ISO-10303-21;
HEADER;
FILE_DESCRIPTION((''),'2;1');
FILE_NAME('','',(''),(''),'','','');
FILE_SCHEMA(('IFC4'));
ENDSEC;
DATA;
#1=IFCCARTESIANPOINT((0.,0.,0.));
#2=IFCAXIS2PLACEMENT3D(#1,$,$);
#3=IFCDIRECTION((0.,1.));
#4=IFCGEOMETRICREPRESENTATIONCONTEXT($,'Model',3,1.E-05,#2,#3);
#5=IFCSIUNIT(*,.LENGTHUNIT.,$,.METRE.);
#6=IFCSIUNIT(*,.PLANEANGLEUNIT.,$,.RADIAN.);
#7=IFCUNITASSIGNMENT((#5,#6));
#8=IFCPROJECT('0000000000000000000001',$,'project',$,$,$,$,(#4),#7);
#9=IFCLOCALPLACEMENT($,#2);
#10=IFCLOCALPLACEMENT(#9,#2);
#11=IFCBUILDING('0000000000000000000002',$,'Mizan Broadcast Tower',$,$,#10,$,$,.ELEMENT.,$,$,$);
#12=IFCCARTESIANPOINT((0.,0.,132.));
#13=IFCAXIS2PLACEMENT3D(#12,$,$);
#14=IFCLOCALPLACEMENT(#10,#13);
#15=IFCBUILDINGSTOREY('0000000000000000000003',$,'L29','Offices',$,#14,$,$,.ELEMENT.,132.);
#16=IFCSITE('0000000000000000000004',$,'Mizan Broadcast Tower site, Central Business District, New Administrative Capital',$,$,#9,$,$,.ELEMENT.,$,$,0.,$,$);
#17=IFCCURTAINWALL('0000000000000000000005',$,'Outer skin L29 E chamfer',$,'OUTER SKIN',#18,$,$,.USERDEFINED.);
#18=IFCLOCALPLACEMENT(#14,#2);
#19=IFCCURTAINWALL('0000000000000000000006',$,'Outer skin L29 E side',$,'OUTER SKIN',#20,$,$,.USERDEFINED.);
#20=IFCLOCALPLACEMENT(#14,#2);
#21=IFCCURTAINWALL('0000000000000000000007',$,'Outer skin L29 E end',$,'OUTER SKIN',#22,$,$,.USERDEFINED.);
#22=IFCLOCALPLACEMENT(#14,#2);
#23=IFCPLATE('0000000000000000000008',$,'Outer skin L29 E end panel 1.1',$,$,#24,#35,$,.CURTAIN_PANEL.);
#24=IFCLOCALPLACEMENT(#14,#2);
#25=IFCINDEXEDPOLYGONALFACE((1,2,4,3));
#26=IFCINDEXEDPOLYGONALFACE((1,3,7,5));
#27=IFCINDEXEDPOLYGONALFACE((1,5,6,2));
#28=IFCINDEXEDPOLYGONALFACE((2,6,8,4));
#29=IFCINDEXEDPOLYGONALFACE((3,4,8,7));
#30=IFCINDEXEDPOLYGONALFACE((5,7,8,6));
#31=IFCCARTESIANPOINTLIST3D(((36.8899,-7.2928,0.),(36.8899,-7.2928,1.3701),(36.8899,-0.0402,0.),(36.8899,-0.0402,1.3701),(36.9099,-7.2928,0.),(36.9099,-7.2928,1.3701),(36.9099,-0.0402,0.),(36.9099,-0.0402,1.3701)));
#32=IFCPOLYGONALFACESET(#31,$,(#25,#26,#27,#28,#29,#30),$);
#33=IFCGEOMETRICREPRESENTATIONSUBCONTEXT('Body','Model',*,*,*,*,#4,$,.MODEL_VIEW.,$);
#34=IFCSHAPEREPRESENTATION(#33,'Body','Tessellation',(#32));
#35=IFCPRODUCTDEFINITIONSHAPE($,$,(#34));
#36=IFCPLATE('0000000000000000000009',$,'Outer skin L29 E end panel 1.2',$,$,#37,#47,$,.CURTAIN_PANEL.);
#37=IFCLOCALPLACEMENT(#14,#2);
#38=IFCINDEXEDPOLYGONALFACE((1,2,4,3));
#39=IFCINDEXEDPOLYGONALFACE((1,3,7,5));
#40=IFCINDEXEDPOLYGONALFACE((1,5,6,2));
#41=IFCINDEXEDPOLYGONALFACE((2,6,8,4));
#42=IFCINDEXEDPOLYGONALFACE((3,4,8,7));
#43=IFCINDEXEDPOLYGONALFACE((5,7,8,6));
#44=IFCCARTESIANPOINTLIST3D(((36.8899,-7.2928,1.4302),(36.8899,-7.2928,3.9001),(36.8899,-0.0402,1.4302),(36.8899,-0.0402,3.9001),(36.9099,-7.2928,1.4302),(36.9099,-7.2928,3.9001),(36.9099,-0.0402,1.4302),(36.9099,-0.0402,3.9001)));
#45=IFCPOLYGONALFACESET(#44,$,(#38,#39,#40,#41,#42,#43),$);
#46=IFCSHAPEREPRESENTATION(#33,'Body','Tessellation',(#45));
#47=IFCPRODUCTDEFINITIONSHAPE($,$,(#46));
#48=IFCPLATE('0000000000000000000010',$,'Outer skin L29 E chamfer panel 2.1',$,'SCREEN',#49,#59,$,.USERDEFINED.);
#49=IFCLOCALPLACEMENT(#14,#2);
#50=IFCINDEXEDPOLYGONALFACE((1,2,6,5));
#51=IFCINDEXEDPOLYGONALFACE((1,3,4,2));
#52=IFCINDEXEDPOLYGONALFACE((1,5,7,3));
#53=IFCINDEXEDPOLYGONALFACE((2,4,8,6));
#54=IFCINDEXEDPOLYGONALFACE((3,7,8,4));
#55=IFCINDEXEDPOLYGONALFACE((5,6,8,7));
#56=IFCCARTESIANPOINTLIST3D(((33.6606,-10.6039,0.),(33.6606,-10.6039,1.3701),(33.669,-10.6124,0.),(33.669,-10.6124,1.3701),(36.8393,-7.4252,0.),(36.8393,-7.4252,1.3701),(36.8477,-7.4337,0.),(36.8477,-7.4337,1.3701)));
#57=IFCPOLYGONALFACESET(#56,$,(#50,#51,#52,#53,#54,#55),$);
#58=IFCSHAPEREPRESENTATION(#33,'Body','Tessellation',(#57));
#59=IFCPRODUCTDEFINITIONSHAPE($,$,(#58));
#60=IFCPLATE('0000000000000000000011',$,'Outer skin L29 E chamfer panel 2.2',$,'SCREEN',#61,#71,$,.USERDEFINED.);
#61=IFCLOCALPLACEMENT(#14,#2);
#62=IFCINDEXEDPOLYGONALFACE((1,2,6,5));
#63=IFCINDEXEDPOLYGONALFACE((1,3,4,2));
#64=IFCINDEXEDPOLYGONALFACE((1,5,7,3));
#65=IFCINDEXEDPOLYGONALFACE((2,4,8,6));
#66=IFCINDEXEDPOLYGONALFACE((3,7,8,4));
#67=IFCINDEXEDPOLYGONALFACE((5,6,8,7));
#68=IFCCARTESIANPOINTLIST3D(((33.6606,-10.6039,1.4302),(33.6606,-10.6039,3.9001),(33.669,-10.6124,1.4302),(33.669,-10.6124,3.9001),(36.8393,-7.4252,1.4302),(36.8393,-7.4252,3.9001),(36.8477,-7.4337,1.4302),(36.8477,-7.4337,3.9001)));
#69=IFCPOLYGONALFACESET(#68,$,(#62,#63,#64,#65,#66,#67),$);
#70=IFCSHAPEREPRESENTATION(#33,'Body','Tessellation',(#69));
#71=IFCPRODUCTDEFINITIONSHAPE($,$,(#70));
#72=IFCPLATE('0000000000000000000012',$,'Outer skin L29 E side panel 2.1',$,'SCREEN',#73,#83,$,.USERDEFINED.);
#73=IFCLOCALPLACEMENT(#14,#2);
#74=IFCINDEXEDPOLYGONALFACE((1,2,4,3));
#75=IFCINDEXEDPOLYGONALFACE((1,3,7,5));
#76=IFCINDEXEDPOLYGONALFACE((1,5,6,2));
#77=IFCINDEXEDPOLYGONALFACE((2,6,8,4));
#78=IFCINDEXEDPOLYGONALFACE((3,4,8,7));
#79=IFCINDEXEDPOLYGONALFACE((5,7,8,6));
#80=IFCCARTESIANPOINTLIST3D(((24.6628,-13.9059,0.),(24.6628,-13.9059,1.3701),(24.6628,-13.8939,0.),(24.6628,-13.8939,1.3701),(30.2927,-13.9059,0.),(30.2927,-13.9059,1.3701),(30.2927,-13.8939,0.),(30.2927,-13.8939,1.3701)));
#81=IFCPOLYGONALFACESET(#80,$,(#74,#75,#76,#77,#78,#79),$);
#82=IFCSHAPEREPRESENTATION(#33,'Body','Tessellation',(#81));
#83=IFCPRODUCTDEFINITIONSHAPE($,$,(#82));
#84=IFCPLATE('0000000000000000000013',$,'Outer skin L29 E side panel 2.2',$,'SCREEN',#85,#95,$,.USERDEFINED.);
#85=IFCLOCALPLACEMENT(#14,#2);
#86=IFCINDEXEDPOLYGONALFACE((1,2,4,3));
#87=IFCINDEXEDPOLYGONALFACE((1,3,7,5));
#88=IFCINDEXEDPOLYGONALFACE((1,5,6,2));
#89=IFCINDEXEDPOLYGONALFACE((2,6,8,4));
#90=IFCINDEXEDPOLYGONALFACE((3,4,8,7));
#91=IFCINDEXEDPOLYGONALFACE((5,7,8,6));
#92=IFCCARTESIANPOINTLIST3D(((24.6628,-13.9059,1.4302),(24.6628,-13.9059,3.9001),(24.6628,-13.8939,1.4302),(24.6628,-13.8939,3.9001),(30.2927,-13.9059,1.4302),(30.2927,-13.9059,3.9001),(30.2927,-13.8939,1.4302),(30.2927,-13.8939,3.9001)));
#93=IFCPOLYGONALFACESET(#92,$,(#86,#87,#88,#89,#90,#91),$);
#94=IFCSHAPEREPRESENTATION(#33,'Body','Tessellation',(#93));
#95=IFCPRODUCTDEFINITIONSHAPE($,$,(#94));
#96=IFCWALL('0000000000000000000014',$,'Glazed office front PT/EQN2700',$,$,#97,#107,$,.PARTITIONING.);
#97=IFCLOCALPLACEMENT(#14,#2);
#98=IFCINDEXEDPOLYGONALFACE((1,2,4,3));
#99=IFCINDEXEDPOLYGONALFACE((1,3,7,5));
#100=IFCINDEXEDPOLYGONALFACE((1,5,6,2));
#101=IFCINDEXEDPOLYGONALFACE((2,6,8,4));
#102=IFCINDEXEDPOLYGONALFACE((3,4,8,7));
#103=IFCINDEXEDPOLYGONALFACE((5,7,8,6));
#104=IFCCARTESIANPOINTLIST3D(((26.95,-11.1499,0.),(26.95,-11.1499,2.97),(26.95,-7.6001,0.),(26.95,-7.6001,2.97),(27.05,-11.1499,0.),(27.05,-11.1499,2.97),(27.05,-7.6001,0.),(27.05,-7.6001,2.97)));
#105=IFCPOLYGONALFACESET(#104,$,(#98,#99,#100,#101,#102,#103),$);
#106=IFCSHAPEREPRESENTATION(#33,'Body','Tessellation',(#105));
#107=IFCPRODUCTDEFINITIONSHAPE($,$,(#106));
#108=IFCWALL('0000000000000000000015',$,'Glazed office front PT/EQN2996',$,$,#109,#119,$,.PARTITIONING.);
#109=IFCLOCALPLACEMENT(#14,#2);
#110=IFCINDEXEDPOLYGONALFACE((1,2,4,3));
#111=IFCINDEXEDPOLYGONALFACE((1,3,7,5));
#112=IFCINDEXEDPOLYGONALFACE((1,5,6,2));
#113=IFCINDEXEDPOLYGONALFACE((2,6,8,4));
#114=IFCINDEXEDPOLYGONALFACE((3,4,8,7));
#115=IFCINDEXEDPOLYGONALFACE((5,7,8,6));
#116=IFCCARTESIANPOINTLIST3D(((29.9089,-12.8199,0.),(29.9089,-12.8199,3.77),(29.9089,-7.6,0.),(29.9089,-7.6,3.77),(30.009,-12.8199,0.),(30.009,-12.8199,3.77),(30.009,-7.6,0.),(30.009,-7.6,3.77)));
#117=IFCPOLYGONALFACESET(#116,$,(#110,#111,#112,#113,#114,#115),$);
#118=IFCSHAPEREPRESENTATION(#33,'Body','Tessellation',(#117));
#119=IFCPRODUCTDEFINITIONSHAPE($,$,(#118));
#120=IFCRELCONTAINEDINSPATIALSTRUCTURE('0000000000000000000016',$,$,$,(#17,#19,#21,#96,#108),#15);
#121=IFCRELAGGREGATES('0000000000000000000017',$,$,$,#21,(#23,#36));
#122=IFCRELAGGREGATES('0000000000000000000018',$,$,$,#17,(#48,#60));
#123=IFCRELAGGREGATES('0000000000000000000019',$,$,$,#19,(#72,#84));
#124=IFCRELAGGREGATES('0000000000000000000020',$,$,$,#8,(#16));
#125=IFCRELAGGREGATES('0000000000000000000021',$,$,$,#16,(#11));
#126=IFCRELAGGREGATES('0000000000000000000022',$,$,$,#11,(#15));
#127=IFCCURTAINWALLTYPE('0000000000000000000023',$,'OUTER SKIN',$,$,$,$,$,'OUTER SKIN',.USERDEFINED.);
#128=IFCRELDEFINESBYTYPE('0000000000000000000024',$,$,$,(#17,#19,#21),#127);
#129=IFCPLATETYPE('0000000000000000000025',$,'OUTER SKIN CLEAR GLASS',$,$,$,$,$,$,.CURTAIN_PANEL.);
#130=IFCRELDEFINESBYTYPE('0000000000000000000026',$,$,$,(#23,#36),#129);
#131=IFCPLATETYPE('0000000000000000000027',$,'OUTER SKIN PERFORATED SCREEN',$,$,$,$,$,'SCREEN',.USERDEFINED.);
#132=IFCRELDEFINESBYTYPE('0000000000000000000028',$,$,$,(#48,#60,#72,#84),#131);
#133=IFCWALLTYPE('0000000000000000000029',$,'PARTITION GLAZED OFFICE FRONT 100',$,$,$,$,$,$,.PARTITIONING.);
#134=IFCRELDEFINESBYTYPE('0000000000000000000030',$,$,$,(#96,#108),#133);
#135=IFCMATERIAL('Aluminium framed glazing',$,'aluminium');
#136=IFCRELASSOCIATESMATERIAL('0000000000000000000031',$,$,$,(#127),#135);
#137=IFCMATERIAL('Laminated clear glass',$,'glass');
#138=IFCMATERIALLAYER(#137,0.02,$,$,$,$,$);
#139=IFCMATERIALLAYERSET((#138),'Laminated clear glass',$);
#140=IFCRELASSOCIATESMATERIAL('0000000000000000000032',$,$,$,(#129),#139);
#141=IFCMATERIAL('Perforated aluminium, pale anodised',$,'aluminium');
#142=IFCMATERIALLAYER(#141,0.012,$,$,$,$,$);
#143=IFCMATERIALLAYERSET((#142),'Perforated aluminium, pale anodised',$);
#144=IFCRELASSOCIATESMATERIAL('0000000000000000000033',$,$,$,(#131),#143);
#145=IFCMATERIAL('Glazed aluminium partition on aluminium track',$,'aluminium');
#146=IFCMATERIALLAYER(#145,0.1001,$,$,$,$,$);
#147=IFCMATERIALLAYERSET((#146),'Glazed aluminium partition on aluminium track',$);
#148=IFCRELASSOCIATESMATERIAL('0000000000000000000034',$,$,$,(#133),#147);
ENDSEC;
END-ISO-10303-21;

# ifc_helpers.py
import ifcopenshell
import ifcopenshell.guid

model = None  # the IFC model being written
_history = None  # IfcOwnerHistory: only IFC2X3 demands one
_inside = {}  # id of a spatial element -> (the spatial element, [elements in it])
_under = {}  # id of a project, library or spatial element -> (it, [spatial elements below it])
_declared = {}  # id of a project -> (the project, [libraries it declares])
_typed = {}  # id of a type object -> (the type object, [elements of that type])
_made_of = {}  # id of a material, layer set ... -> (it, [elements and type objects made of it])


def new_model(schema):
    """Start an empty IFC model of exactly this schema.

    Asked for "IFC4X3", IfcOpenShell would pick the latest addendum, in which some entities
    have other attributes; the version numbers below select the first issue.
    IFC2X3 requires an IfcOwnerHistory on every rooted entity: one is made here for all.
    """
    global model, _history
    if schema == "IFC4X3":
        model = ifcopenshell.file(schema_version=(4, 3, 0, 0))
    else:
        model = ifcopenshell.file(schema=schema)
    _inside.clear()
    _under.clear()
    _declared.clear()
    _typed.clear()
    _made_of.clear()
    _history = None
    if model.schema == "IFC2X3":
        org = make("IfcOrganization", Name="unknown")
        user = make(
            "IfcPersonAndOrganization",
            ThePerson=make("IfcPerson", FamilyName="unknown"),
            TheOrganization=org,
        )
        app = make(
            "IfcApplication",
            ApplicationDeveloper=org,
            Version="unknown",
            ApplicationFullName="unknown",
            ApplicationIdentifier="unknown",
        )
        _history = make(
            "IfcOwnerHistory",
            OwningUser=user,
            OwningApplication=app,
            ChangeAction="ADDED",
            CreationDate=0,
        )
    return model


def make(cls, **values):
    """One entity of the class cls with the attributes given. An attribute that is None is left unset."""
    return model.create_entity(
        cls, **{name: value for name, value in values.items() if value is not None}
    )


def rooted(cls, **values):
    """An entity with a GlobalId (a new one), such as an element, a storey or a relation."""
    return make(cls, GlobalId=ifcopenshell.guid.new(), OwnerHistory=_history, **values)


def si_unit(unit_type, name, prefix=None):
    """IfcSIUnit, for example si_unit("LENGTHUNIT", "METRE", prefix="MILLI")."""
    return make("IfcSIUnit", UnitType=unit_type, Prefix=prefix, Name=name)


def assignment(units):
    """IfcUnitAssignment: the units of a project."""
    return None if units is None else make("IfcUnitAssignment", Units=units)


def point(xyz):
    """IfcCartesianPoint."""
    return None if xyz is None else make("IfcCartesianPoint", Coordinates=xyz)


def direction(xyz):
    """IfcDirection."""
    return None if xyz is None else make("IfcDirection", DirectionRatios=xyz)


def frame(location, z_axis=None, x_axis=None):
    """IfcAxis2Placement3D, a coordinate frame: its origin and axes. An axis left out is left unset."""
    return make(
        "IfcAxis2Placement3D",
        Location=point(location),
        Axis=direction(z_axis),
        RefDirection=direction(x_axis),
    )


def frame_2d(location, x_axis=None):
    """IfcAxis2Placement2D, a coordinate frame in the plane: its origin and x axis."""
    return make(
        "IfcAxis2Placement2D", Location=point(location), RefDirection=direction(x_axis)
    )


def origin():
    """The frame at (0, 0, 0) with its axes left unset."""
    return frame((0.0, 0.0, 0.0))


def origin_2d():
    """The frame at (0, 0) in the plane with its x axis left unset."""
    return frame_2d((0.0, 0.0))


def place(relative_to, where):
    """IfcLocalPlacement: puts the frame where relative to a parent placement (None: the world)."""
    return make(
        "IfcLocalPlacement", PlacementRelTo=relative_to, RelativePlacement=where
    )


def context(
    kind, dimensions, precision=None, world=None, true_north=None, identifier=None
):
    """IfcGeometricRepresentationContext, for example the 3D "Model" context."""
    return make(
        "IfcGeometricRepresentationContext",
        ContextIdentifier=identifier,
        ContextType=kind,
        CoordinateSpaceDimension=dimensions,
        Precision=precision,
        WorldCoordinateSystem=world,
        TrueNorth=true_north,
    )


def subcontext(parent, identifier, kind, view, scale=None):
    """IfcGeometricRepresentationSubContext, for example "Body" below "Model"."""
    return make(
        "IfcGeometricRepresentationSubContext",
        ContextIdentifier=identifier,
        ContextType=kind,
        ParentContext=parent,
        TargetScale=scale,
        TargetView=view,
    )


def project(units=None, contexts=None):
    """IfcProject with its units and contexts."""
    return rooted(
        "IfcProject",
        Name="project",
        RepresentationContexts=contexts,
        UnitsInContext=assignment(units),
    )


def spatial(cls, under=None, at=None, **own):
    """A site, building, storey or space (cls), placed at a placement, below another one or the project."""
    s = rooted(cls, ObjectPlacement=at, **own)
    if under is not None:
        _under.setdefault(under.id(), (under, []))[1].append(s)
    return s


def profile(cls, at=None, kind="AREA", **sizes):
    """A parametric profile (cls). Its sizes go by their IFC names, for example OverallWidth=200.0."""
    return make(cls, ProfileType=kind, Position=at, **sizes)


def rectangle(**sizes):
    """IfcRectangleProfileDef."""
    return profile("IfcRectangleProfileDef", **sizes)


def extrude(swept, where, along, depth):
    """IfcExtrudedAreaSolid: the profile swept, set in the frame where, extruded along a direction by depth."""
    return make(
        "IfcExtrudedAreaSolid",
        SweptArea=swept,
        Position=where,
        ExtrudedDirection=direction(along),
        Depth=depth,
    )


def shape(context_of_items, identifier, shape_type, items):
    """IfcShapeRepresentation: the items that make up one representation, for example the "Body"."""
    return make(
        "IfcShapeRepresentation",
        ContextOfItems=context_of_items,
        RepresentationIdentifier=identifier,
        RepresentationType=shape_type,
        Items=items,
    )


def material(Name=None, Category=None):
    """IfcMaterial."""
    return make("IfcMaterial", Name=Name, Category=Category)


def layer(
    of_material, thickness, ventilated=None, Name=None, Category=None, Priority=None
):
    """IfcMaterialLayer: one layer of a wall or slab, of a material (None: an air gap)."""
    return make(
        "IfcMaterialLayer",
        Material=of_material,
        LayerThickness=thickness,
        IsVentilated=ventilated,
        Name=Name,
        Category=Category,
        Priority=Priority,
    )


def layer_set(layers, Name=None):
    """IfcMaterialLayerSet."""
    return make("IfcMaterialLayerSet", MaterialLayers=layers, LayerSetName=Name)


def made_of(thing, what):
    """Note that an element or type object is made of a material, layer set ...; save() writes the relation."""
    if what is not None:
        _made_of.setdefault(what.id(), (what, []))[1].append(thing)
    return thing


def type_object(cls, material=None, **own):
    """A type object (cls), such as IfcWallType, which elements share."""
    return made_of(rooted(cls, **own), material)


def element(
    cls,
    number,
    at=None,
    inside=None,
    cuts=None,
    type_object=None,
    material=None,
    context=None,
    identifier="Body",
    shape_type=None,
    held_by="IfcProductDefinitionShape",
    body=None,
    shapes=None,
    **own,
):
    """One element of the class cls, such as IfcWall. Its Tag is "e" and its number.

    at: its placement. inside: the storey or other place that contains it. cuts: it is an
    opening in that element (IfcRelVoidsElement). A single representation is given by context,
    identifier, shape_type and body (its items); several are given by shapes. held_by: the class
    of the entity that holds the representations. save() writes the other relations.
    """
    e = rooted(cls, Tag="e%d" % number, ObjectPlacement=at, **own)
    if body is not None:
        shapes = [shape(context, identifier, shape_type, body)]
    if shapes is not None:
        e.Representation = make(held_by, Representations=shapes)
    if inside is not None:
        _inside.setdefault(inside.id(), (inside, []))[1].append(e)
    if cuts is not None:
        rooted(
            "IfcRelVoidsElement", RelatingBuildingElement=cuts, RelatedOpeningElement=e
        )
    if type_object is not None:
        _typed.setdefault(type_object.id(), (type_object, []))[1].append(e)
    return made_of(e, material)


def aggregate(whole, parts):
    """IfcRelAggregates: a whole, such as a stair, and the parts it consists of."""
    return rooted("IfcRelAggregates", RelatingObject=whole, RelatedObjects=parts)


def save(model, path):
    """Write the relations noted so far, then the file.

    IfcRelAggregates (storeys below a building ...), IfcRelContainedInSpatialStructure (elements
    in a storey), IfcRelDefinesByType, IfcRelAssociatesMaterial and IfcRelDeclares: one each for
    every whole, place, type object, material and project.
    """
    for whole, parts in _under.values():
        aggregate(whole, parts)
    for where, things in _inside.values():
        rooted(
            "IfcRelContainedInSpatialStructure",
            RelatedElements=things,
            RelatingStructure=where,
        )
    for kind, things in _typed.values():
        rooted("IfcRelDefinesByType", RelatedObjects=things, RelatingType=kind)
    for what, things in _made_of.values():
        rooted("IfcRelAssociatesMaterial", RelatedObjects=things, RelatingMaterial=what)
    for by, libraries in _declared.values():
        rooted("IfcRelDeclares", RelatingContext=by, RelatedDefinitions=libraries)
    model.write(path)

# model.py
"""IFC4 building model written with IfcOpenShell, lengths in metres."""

from ifc_helpers import new_model, si_unit, direction, frame, frame_2d, origin, origin_2d, place, context, subcontext, project, spatial, rectangle, extrude, material, layer, layer_set, type_object, element, aggregate, save


model = new_model("IFC4")

# Units and contexts
model_context = context("Model", 3, precision=1e-05, world=origin(), true_north=direction((0.0, 1.0)))
body_context = subcontext(model_context, "Body", "Model", "MODEL_VIEW")
ifc_project = project(units=[si_unit("LENGTHUNIT", "METRE"), si_unit("PLANEANGLEUNIT", "RADIAN")], contexts=[model_context])

# Site, building, storey
site_placement = place(None, origin())
site = spatial("IfcSite", under=ifc_project, at=site_placement, Name="Mizan Broadcast Tower site, Central Business District, New Administrative Capital", CompositionType="ELEMENT", RefElevation=0.0)
building_placement = place(site_placement, origin())
building = spatial("IfcBuilding", under=site, at=building_placement, Name="Mizan Broadcast Tower", CompositionType="ELEMENT")
storey_placement = place(building_placement, frame((0.0, 0.0, 132.0)))
storey = spatial("IfcBuildingStorey", under=building, at=storey_placement, Name="L29", Description="Offices", CompositionType="ELEMENT", Elevation=132.0)

# Curtain wall
ifc_material_1 = material(Name="Aluminium framed glazing", Category="aluminium")
curtain_wall_type_1 = type_object("IfcCurtainWallType", Name="OUTER SKIN", ElementType="OUTER SKIN", PredefinedType="USERDEFINED", material=ifc_material_1)
curtain_wall_1_placement = place(storey_placement, origin())
curtain_wall_1 = element("IfcCurtainWall", 1, at=curtain_wall_1_placement, inside=storey, type_object=curtain_wall_type_1, Name="Outer skin L29 E chamfer", ObjectType="OUTER SKIN", PredefinedType="USERDEFINED")

# Curtain wall
curtain_wall_2_placement = place(storey_placement, origin())
curtain_wall_2 = element("IfcCurtainWall", 2, at=curtain_wall_2_placement, inside=storey, type_object=curtain_wall_type_1, Name="Outer skin L29 E side", ObjectType="OUTER SKIN", PredefinedType="USERDEFINED")

# Curtain wall
curtain_wall_3_placement = place(storey_placement, origin())
curtain_wall_3 = element("IfcCurtainWall", 3, at=curtain_wall_3_placement, inside=storey, type_object=curtain_wall_type_1, Name="Outer skin L29 E end", ObjectType="OUTER SKIN", PredefinedType="USERDEFINED")

# Plates
ifc_material_2 = material(Name="Laminated clear glass", Category="glass")
ifc_layer_1 = layer(ifc_material_2, 0.02)
ifc_layer_set_1 = layer_set([ifc_layer_1], Name="Laminated clear glass")
plate_type_1 = type_object("IfcPlateType", Name="OUTER SKIN CLEAR GLASS", PredefinedType="CURTAIN_PANEL", material=ifc_layer_set_1)
plate_1_placement = place(storey_placement, frame((36.8999, -3.6665, 0.0), z_axis=(0.0, 0.0, 1.0), x_axis=(0.0, 1.0, 0.0)))
plate_1 = element("IfcPlate", 4, at=plate_1_placement, type_object=plate_type_1, Name="Outer skin L29 E end panel 1.1", PredefinedType="CURTAIN_PANEL", context=body_context, shape_type="SweptSolid", body=[
    extrude(rectangle(XDim=7.2527, YDim=0.02, at=origin_2d()), origin(), (0.0, 0.0, 1.0), 1.3701),
])
plate_2_placement = place(storey_placement, frame((36.8999, -3.6665, 1.4302), z_axis=(0.0, 0.0, 1.0), x_axis=(0.0, 1.0, 0.0)))
plate_2 = element("IfcPlate", 5, at=plate_2_placement, type_object=plate_type_1, Name="Outer skin L29 E end panel 1.2", PredefinedType="CURTAIN_PANEL", context=body_context, shape_type="SweptSolid", body=[
    extrude(rectangle(XDim=7.2527, YDim=0.02, at=origin_2d()), origin(), (0.0, 0.0, 1.0), 2.47),
])
aggregate(curtain_wall_3, [plate_1, plate_2])
ifc_material_3 = material(Name="Perforated aluminium, pale anodised", Category="aluminium")
ifc_layer_2 = layer(ifc_material_3, 0.012)
ifc_layer_set_2 = layer_set([ifc_layer_2], Name="Perforated aluminium, pale anodised")
plate_type_2 = type_object("IfcPlateType", Name="OUTER SKIN PERFORATED SCREEN", ElementType="SCREEN", PredefinedType="USERDEFINED", material=ifc_layer_set_2)
plate_3_placement = place(storey_placement, frame((35.2542, -9.0188, 0.0), z_axis=(0.0, 0.0, 1.0), x_axis=(0.707107, 0.707107, 0.0)))
plate_3 = element("IfcPlate", 6, at=plate_3_placement, type_object=plate_type_2, Name="Outer skin L29 E chamfer panel 2.1", ObjectType="SCREEN", PredefinedType="USERDEFINED", context=body_context, shape_type="SweptSolid", body=[
    extrude(rectangle(XDim=4.4954, YDim=0.012, at=origin_2d()), origin(), (0.0, 0.0, 1.0), 1.3701),
])
plate_4_placement = place(storey_placement, frame((35.2542, -9.0188, 1.4302), z_axis=(0.0, 0.0, 1.0), x_axis=(0.707107, 0.707107, 0.0)))
plate_4 = element("IfcPlate", 7, at=plate_4_placement, type_object=plate_type_2, Name="Outer skin L29 E chamfer panel 2.2", ObjectType="SCREEN", PredefinedType="USERDEFINED", context=body_context, shape_type="SweptSolid", body=[
    extrude(rectangle(XDim=4.4954, YDim=0.012, at=origin_2d()), origin(), (0.0, 0.0, 1.0), 2.47),
])
aggregate(curtain_wall_1, [plate_3, plate_4])
plate_5_placement = place(storey_placement, frame((27.4778, -13.8999, 0.0), z_axis=(0.0, 0.0, 1.0), x_axis=(1.0, 0.0, 0.0)))
plate_5 = element("IfcPlate", 8, at=plate_5_placement, type_object=plate_type_2, Name="Outer skin L29 E side panel 2.1", ObjectType="SCREEN", PredefinedType="USERDEFINED", context=body_context, shape_type="SweptSolid", body=[
    extrude(rectangle(XDim=5.6299, YDim=0.012, at=origin_2d()), origin(), (0.0, 0.0, 1.0), 1.3701),
])
plate_6_placement = place(storey_placement, frame((27.4778, -13.8999, 1.4302), z_axis=(0.0, 0.0, 1.0), x_axis=(1.0, 0.0, 0.0)))
plate_6 = element("IfcPlate", 9, at=plate_6_placement, type_object=plate_type_2, Name="Outer skin L29 E side panel 2.2", ObjectType="SCREEN", PredefinedType="USERDEFINED", context=body_context, shape_type="SweptSolid", body=[
    extrude(rectangle(XDim=5.6299, YDim=0.012, at=origin_2d()), origin(), (0.0, 0.0, 1.0), 2.47),
])
aggregate(curtain_wall_2, [plate_5, plate_6])

# Walls
ifc_material_4 = material(Name="Glazed aluminium partition on aluminium track", Category="aluminium")
ifc_layer_3 = layer(ifc_material_4, 0.1001)
ifc_layer_set_3 = layer_set([ifc_layer_3], Name="Glazed aluminium partition on aluminium track")
wall_type = type_object("IfcWallType", Name="PARTITION GLAZED OFFICE FRONT 100", PredefinedType="PARTITIONING", material=ifc_layer_set_3)
wall_1_placement = place(storey_placement, frame((27.0, -7.6001, 0.0), z_axis=(0.0, 0.0, 1.0), x_axis=(0.0, -1.0, 0.0)))
element("IfcWall", 10, at=wall_1_placement, inside=storey, type_object=wall_type, Name="Glazed office front PT/EQN2700", PredefinedType="PARTITIONING", context=body_context, shape_type="SweptSolid", body=[
    extrude(rectangle(XDim=3.5498, YDim=0.1001, at=frame_2d((1.7749, 0.0))), origin(), (0.0, 0.0, 1.0), 2.97),
])
wall_2_placement = place(storey_placement, frame((29.959, -7.6001, 0.0), z_axis=(0.0, 0.0, 1.0), x_axis=(0.0, -1.0, 0.0)))
element("IfcWall", 11, at=wall_2_placement, inside=storey, type_object=wall_type, Name="Glazed office front PT/EQN2996", PredefinedType="PARTITIONING", context=body_context, shape_type="SweptSolid", body=[
    extrude(rectangle(XDim=5.22, YDim=0.1001, at=frame_2d((2.6099, 0.0))), origin(), (0.0, 0.0, 1.0), 3.77),
])

save(model, "model.ifc")
